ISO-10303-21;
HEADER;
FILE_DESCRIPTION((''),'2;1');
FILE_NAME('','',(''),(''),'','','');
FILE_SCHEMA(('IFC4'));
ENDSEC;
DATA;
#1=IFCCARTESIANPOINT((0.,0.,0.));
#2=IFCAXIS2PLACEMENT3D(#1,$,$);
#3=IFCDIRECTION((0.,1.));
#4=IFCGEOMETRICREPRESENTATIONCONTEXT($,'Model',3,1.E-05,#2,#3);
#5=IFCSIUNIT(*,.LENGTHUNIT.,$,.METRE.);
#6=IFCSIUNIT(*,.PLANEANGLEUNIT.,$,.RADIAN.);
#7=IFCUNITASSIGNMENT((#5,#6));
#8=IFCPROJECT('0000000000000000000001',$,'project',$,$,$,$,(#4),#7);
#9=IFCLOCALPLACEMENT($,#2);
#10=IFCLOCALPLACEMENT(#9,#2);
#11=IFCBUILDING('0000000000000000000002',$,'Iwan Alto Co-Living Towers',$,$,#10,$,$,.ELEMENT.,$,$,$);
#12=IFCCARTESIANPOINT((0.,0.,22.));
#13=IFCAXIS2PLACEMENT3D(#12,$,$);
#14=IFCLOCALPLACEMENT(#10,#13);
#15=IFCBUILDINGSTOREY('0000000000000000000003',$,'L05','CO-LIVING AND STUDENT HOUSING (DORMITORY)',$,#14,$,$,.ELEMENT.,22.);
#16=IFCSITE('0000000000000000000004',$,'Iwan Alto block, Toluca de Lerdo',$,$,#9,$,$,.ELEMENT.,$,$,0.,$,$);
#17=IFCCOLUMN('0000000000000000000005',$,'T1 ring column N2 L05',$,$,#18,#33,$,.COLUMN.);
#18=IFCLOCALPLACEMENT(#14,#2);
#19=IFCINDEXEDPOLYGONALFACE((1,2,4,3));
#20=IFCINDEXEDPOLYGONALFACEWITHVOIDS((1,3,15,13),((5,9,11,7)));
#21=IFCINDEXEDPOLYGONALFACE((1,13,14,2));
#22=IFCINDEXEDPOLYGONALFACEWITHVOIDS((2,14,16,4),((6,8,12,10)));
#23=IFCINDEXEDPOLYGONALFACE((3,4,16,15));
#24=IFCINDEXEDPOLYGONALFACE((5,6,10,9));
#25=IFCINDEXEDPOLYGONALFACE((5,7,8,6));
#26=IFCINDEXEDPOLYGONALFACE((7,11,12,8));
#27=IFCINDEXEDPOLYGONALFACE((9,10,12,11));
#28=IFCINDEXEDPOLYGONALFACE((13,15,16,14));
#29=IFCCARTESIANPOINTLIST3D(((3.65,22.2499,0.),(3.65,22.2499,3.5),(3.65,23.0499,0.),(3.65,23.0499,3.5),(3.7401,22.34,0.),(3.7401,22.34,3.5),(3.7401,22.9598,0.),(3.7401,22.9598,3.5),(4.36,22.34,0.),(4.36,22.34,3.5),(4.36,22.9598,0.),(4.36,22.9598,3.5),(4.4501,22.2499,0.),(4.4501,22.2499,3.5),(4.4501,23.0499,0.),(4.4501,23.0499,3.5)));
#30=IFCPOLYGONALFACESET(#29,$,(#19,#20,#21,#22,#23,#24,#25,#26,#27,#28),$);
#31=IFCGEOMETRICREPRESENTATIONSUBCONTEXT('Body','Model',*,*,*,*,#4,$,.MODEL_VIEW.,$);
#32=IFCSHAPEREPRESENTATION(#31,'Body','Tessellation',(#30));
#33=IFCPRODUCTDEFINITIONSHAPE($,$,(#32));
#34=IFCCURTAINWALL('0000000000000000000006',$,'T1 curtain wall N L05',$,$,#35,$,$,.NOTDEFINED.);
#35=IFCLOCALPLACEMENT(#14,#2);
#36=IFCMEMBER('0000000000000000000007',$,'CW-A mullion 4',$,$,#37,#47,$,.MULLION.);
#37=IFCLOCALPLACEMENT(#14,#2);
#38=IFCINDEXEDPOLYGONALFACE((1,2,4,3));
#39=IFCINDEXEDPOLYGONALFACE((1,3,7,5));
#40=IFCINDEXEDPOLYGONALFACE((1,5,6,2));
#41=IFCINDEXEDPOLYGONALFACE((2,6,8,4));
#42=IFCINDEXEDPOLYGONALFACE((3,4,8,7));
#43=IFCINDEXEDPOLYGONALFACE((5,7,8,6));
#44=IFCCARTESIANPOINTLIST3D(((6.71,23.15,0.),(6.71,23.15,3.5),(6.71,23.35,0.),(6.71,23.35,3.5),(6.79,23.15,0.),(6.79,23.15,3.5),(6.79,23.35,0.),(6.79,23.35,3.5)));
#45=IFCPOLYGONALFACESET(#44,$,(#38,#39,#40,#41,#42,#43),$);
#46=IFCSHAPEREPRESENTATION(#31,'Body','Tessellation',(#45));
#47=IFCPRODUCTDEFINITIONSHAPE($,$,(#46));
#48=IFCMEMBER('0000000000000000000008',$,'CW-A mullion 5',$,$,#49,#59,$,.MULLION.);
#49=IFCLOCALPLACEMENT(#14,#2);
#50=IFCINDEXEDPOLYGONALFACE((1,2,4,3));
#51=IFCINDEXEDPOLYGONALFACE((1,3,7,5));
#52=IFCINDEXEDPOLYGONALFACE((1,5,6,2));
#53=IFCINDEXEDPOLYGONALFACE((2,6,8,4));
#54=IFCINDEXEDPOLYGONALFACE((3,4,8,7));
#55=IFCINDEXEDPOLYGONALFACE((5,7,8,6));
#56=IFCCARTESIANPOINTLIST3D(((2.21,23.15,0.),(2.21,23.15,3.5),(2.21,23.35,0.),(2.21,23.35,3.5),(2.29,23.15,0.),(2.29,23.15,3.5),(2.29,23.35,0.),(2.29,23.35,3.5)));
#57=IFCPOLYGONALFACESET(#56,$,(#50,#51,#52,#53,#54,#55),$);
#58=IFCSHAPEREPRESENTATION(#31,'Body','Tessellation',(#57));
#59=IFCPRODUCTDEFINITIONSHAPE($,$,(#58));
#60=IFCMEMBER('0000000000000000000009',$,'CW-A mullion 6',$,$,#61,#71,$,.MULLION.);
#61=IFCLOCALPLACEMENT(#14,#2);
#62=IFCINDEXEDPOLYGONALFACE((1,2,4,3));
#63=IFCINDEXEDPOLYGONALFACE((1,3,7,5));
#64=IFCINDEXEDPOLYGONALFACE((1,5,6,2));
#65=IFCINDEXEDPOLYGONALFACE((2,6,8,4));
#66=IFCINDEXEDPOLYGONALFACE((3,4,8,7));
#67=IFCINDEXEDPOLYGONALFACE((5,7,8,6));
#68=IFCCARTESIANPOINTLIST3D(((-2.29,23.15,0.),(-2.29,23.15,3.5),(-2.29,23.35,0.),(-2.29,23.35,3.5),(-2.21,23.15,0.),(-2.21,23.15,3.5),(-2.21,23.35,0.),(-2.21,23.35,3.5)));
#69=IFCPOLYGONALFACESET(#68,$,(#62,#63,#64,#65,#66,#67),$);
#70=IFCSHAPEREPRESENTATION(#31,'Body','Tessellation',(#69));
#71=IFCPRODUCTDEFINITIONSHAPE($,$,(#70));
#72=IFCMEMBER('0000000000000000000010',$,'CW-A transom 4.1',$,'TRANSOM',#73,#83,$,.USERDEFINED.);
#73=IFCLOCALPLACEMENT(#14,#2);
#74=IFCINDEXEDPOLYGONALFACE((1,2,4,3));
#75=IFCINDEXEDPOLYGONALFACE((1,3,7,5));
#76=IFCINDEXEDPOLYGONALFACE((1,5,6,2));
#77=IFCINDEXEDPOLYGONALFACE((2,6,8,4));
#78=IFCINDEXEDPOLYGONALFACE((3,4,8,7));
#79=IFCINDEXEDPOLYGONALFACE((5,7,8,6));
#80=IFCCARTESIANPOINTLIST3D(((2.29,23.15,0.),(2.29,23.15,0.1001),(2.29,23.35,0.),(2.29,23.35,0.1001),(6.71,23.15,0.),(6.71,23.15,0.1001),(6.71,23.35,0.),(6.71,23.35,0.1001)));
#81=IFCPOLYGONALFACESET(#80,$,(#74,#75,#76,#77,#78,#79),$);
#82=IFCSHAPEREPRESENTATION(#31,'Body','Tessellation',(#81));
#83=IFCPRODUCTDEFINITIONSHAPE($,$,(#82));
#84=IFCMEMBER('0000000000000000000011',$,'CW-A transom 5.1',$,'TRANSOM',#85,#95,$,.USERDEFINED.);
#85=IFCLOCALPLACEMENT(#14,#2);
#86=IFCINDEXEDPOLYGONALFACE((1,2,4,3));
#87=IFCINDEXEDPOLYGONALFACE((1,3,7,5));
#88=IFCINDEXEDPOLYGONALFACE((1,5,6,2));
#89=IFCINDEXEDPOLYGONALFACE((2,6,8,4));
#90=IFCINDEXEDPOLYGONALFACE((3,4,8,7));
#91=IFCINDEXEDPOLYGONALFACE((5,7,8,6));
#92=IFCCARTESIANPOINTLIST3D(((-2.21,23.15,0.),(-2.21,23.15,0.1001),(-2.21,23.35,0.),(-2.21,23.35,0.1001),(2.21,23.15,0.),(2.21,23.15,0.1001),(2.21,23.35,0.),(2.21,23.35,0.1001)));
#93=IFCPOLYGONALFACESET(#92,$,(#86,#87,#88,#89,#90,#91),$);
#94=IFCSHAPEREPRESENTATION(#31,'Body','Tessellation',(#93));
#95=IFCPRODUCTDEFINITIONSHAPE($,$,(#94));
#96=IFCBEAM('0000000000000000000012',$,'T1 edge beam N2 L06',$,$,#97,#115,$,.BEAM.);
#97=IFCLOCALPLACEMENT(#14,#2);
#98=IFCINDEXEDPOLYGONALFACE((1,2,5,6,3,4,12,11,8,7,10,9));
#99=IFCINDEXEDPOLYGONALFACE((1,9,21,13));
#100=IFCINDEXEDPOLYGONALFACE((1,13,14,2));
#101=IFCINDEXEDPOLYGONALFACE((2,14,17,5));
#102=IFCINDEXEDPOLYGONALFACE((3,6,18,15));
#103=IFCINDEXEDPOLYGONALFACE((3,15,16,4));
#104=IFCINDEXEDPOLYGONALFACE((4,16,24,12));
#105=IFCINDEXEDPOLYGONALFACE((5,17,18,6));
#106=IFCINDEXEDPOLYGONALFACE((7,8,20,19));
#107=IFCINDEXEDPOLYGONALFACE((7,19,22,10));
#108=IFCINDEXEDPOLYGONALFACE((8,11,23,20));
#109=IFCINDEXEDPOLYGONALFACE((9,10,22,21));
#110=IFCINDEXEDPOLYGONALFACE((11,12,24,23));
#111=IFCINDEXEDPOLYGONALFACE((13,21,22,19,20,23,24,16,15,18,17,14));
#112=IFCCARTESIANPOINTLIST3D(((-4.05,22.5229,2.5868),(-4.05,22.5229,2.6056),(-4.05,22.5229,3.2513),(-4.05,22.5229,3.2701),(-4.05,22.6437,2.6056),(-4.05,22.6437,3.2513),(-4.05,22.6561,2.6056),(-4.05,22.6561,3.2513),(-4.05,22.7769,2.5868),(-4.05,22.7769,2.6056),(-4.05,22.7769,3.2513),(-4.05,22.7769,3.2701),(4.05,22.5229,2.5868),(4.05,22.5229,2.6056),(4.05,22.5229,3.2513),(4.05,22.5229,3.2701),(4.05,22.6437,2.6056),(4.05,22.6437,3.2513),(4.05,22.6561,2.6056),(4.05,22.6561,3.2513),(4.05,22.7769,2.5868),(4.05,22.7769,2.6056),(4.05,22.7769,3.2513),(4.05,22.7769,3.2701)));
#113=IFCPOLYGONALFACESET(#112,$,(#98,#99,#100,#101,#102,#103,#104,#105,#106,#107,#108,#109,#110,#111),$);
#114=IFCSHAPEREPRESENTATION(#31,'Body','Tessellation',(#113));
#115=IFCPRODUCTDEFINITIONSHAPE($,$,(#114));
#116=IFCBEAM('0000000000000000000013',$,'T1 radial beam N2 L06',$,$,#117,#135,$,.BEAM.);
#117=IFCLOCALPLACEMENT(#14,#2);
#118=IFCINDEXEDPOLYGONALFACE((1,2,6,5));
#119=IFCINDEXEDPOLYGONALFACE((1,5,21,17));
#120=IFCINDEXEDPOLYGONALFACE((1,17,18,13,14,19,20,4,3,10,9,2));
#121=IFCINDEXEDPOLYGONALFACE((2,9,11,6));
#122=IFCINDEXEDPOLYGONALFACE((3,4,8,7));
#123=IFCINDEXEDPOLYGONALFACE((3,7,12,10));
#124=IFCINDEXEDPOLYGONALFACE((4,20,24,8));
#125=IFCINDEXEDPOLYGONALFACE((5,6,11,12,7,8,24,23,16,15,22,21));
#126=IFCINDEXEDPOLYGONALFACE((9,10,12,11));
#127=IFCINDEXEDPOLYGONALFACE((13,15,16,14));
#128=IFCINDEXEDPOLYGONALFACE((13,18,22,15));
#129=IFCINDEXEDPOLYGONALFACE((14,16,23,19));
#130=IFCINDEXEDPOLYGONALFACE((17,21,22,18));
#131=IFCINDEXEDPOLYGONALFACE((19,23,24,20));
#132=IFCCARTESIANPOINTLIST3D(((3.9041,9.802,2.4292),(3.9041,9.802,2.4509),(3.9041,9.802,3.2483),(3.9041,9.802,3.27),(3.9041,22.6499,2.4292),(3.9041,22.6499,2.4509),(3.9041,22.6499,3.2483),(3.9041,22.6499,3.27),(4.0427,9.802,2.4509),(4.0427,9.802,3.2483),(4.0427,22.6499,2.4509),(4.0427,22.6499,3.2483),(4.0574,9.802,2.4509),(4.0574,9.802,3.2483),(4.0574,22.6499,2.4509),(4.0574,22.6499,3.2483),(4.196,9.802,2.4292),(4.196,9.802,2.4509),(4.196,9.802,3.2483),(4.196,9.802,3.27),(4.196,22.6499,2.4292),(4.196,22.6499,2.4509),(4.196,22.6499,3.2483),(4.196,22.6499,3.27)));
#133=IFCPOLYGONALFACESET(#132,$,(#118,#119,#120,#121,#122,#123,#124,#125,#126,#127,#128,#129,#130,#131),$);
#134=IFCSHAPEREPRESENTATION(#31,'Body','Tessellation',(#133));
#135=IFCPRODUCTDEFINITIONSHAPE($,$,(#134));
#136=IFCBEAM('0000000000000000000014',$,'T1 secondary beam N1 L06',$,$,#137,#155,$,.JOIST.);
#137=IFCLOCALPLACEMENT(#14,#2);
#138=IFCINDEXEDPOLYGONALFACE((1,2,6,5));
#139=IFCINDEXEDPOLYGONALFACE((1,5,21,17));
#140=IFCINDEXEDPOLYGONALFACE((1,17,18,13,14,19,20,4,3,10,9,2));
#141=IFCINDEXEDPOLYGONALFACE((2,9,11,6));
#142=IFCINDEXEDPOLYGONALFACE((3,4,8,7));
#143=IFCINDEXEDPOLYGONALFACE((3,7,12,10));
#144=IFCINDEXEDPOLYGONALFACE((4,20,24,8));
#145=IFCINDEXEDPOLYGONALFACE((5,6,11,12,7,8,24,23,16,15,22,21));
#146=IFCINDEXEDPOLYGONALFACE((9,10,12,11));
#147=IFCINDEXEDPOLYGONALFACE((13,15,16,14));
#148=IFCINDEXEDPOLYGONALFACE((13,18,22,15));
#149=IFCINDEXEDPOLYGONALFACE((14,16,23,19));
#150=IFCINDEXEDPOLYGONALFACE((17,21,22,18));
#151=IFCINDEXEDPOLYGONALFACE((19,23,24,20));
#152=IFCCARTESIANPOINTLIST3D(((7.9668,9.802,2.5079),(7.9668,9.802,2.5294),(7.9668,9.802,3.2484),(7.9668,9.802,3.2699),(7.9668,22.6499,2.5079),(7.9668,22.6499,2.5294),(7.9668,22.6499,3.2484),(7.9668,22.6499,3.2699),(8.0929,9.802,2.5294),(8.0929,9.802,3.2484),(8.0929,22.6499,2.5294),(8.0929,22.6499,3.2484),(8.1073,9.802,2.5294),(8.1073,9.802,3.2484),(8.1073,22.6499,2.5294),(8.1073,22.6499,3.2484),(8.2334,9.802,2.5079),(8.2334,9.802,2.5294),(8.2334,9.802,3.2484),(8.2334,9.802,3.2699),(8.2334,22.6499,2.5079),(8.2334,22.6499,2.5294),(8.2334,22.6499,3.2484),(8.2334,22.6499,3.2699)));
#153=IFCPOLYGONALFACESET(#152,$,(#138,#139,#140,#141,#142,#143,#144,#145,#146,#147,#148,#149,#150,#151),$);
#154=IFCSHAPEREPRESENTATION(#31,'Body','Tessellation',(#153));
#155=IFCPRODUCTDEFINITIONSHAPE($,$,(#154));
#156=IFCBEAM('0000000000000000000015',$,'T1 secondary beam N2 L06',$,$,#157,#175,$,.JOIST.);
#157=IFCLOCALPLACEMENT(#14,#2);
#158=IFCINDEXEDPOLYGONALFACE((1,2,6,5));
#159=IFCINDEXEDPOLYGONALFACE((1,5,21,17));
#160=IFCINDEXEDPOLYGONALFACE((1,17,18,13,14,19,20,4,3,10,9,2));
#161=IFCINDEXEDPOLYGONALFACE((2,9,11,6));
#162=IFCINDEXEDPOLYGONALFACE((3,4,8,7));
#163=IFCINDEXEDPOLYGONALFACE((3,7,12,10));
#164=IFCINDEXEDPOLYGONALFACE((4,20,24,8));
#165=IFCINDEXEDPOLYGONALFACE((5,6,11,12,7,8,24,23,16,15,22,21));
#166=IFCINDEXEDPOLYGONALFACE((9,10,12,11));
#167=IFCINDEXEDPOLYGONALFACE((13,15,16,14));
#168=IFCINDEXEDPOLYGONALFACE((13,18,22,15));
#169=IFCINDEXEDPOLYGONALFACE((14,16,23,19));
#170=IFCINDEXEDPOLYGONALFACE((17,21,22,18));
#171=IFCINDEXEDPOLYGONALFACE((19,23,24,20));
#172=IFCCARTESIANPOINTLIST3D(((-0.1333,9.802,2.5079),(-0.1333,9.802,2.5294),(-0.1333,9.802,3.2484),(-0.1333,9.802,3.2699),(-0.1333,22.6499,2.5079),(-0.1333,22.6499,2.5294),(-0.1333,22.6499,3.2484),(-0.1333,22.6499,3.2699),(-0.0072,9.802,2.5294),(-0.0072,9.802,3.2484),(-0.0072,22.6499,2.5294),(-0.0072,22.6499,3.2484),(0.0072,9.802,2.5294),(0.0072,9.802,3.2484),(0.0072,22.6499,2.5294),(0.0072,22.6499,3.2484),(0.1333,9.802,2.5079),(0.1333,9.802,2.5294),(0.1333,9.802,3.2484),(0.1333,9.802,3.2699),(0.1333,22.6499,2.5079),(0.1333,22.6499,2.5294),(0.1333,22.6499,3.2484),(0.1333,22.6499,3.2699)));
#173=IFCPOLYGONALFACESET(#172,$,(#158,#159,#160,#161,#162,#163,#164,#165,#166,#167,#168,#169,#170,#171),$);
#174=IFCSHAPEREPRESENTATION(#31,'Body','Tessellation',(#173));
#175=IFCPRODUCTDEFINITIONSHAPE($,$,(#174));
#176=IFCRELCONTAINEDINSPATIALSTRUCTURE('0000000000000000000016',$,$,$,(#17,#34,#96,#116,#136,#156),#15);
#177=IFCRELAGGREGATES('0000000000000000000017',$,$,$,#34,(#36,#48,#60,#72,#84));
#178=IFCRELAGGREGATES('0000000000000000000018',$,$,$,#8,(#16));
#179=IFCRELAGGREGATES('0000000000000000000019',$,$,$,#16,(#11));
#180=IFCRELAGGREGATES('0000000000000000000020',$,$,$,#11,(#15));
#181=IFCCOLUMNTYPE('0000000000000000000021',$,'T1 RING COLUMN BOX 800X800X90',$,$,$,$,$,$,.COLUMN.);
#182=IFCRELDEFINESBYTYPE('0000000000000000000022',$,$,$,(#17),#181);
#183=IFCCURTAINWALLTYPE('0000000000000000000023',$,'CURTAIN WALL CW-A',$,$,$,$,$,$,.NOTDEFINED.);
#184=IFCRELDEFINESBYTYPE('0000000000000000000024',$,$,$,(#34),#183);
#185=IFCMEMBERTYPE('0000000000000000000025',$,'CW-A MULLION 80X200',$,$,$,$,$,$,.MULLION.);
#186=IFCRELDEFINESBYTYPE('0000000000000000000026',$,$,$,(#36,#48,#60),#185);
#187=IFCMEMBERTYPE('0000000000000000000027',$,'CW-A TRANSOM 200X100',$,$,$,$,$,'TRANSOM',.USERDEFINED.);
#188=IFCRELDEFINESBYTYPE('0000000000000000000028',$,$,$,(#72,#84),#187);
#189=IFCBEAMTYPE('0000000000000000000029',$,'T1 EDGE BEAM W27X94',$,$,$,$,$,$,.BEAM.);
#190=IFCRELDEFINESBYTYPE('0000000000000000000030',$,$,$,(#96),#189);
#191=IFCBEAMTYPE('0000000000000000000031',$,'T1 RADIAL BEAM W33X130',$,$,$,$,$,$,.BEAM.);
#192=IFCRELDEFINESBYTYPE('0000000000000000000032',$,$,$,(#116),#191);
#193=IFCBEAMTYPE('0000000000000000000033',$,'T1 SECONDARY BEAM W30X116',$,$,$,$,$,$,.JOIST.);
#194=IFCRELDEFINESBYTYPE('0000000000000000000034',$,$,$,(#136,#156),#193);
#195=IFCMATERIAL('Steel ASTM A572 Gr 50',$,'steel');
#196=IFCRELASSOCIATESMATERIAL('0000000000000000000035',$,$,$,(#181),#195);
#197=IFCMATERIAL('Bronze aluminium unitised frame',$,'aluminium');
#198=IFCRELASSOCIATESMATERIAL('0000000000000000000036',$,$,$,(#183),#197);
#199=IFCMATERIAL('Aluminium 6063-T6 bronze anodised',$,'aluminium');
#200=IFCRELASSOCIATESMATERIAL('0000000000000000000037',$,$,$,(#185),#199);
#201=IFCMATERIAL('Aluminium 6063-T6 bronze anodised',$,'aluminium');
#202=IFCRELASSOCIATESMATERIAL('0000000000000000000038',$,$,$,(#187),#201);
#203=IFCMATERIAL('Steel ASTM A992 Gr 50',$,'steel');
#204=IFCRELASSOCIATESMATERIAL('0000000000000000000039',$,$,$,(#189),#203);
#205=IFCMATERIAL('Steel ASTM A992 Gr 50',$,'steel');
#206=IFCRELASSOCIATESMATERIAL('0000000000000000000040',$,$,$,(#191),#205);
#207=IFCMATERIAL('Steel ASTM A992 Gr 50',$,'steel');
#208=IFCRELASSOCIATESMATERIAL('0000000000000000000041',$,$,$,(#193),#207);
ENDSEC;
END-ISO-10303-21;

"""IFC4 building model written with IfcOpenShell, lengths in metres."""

from ifc_helpers import new_model, si_unit, direction, frame, origin, origin_2d, place, context, subcontext, project, spatial, rectangle, hollow_rectangle, i_section, extrude, material, material_profile, profile_set, type_object, element, aggregate, save


model = new_model("IFC4")

# Units and contexts
model_context = context("Model", 3, precision=1e-05, world=origin(), true_north=direction((0.0, 1.0)))
body_context = subcontext(model_context, "Body", "Model", "MODEL_VIEW")
ifc_project = project(units=[si_unit("LENGTHUNIT", "METRE"), si_unit("PLANEANGLEUNIT", "RADIAN")], contexts=[model_context])

# Site, building, storey
site_placement = place(None, origin())
site = spatial("IfcSite", under=ifc_project, at=site_placement, Name="Iwan Alto block, Toluca de Lerdo", CompositionType="ELEMENT", RefElevation=0.0)
building_placement = place(site_placement, origin())
building = spatial("IfcBuilding", under=site, at=building_placement, Name="Iwan Alto Co-Living Towers", CompositionType="ELEMENT")
storey_placement = place(building_placement, frame((0.0, 0.0, 22.0)))
storey = spatial("IfcBuildingStorey", under=building, at=storey_placement, Name="L05", Description="CO-LIVING AND STUDENT HOUSING (DORMITORY)", CompositionType="ELEMENT", Elevation=22.0)

# Column
ifc_material_1 = material(Name="Steel ASTM A572 Gr 50", Category="steel")
ifc_material_profile_1 = material_profile(ifc_material_1, hollow_rectangle(XDim=0.8, YDim=0.8, WallThickness=0.0901, at=origin_2d()), Name="BOX 800X800X90")
ifc_profile_set_1 = profile_set([ifc_material_profile_1], Name="Steel ASTM A572 Gr 50")
column_type = type_object("IfcColumnType", Name="T1 RING COLUMN BOX 800X800X90", PredefinedType="COLUMN", material=ifc_profile_set_1)
column_placement = place(storey_placement, frame((4.05, 22.6499, 0.0), z_axis=(0.0, 0.0, 1.0), x_axis=(1.0, 0.0, 0.0)))
element("IfcColumn", 1, at=column_placement, inside=storey, type_object=column_type, Name="T1 ring column N2 L05", PredefinedType="COLUMN", context=body_context, shape_type="SweptSolid", body=[
    extrude(hollow_rectangle(XDim=0.8, YDim=0.8, WallThickness=0.0901, at=origin_2d()), origin(), (0.0, 0.0, 1.0), 3.5),
])

# Curtain wall, members
ifc_material_2 = material(Name="Bronze aluminium unitised frame", Category="aluminium")
curtain_wall_type = type_object("IfcCurtainWallType", Name="CURTAIN WALL CW-A", PredefinedType="NOTDEFINED", material=ifc_material_2)
curtain_wall_placement = place(storey_placement, origin())
curtain_wall = element("IfcCurtainWall", 2, at=curtain_wall_placement, inside=storey, type_object=curtain_wall_type, Name="T1 curtain wall N L05", PredefinedType="NOTDEFINED")
ifc_material_3 = material(Name="Aluminium 6063-T6 bronze anodised", Category="aluminium")
ifc_material_profile_2 = material_profile(ifc_material_3, rectangle(XDim=0.2, YDim=0.0801, at=origin_2d()), Name="AL 80X200")
ifc_profile_set_2 = profile_set([ifc_material_profile_2], Name="Aluminium 6063-T6 bronze anodised")
member_type_1 = type_object("IfcMemberType", Name="CW-A MULLION 80X200", PredefinedType="MULLION", material=ifc_profile_set_2)
member_1_placement = place(storey_placement, frame((6.75, 23.25, 0.0), z_axis=(0.0, 0.0, 1.0), x_axis=(0.0, -1.0, 0.0)))
member_1 = element("IfcMember", 3, at=member_1_placement, type_object=member_type_1, Name="CW-A mullion 4", PredefinedType="MULLION", context=body_context, shape_type="SweptSolid", body=[
    extrude(rectangle(XDim=0.2, YDim=0.0801, at=origin_2d()), origin(), (0.0, 0.0, 1.0), 3.5),
])
member_2_placement = place(storey_placement, frame((2.25, 23.25, 0.0), z_axis=(0.0, 0.0, 1.0), x_axis=(0.0, -1.0, 0.0)))
member_2 = element("IfcMember", 4, at=member_2_placement, type_object=member_type_1, Name="CW-A mullion 5", PredefinedType="MULLION", context=body_context, shape_type="SweptSolid", body=[
    extrude(rectangle(XDim=0.2, YDim=0.0801, at=origin_2d()), origin(), (0.0, 0.0, 1.0), 3.5),
])
member_3_placement = place(storey_placement, frame((-2.25, 23.25, 0.0), z_axis=(0.0, 0.0, 1.0), x_axis=(0.0, -1.0, 0.0)))
member_3 = element("IfcMember", 5, at=member_3_placement, type_object=member_type_1, Name="CW-A mullion 6", PredefinedType="MULLION", context=body_context, shape_type="SweptSolid", body=[
    extrude(rectangle(XDim=0.2, YDim=0.0801, at=origin_2d()), origin(), (0.0, 0.0, 1.0), 3.5),
])
ifc_material_4 = material(Name="Aluminium 6063-T6 bronze anodised", Category="aluminium")
ifc_material_profile_3 = material_profile(ifc_material_4, rectangle(XDim=0.2, YDim=0.1001, at=origin_2d()), Name="AL 200X100")
ifc_profile_set_3 = profile_set([ifc_material_profile_3], Name="Aluminium 6063-T6 bronze anodised")
member_type_2 = type_object("IfcMemberType", Name="CW-A TRANSOM 200X100", ElementType="TRANSOM", PredefinedType="USERDEFINED", material=ifc_profile_set_3)
member_4_placement = place(storey_placement, frame((6.71, 23.25, 0.05), z_axis=(-1.0, 0.0, 0.0), x_axis=(0.0, -1.0, 0.0)))
member_4 = element("IfcMember", 6, at=member_4_placement, type_object=member_type_2, Name="CW-A transom 4.1", ObjectType="TRANSOM", PredefinedType="USERDEFINED", context=body_context, shape_type="SweptSolid", body=[
    extrude(rectangle(XDim=0.2, YDim=0.1001, at=origin_2d()), origin(), (0.0, 0.0, 1.0), 4.4199),
])
member_5_placement = place(storey_placement, frame((2.21, 23.25, 0.05), z_axis=(-1.0, 0.0, 0.0), x_axis=(0.0, -1.0, 0.0)))
member_5 = element("IfcMember", 7, at=member_5_placement, type_object=member_type_2, Name="CW-A transom 5.1", ObjectType="TRANSOM", PredefinedType="USERDEFINED", context=body_context, shape_type="SweptSolid", body=[
    extrude(rectangle(XDim=0.2, YDim=0.1001, at=origin_2d()), origin(), (0.0, 0.0, 1.0), 4.4199),
])

# Beams
ifc_material_5 = material(Name="Steel ASTM A992 Gr 50", Category="steel")
ifc_material_profile_4 = material_profile(ifc_material_5, i_section(OverallWidth=0.2539, OverallDepth=0.6833, WebThickness=0.0125, FlangeThickness=0.0188, at=origin_2d()), Name="W27X94")
ifc_profile_set_4 = profile_set([ifc_material_profile_4], Name="Steel ASTM A992 Gr 50")
beam_type_1 = type_object("IfcBeamType", Name="T1 EDGE BEAM W27X94", PredefinedType="BEAM", material=ifc_profile_set_4)
beam_1_placement = place(storey_placement, frame((4.05, 22.6499, 2.9285), z_axis=(-1.0, 0.0, 0.0), x_axis=(0.0, -1.0, 0.0)))
element("IfcBeam", 8, at=beam_1_placement, inside=storey, type_object=beam_type_1, Name="T1 edge beam N2 L06", PredefinedType="BEAM", context=body_context, shape_type="SweptSolid", body=[
    extrude(i_section(OverallWidth=0.2539, OverallDepth=0.6833, WebThickness=0.0125, FlangeThickness=0.0188, at=origin_2d()), origin(), (0.0, 0.0, 1.0), 8.1001),
])
ifc_material_6 = material(Name="Steel ASTM A992 Gr 50", Category="steel")
ifc_material_profile_5 = material_profile(ifc_material_6, i_section(OverallWidth=0.292, OverallDepth=0.8408, WebThickness=0.0146, FlangeThickness=0.0217, at=origin_2d()), Name="W33X130")
ifc_profile_set_5 = profile_set([ifc_material_profile_5], Name="Steel ASTM A992 Gr 50")
beam_type_2 = type_object("IfcBeamType", Name="T1 RADIAL BEAM W33X130", PredefinedType="BEAM", material=ifc_profile_set_5)
beam_2_placement = place(storey_placement, frame((4.05, 22.6499, 2.8496), z_axis=(0.0, -1.0, 0.0), x_axis=(1.0, 0.0, 0.0)))
element("IfcBeam", 9, at=beam_2_placement, inside=storey, type_object=beam_type_2, Name="T1 radial beam N2 L06", PredefinedType="BEAM", context=body_context, shape_type="SweptSolid", body=[
    extrude(i_section(OverallWidth=0.292, OverallDepth=0.8408, WebThickness=0.0146, FlangeThickness=0.0217, at=origin_2d()), origin(), (0.0, 0.0, 1.0), 12.8479),
])
ifc_material_7 = material(Name="Steel ASTM A992 Gr 50", Category="steel")
ifc_material_profile_6 = material_profile(ifc_material_7, i_section(OverallWidth=0.2666, OverallDepth=0.762, WebThickness=0.0144, FlangeThickness=0.0215, at=origin_2d()), Name="W30X116")
ifc_profile_set_6 = profile_set([ifc_material_profile_6], Name="Steel ASTM A992 Gr 50")
beam_type_3 = type_object("IfcBeamType", Name="T1 SECONDARY BEAM W30X116", PredefinedType="JOIST", material=ifc_profile_set_6)
for number, where, z_axis, x_axis, name in (
    (10, (8.1001, 22.6499, 2.8889), (0.0, -1.0, 0.0), (1.0, 0.0, 0.0), "T1 secondary beam N1 L06"),
    (11, (0.0, 22.6499, 2.8889), (0.0, -1.0, 0.0), (1.0, 0.0, 0.0), "T1 secondary beam N2 L06"),
):
    element("IfcBeam", number, at=place(storey_placement, frame(where, z_axis=z_axis, x_axis=x_axis)), inside=storey, type_object=beam_type_3, Name=name, PredefinedType="JOIST", context=body_context, shape_type="SweptSolid", body=[
        extrude(i_section(OverallWidth=0.2666, OverallDepth=0.762, WebThickness=0.0144, FlangeThickness=0.0215, at=origin_2d()), origin(), (0.0, 0.0, 1.0), 12.8479),
    ])

aggregate(curtain_wall, [member_1, member_2, member_3, member_4, member_5])

save(model, "model.ifc")
